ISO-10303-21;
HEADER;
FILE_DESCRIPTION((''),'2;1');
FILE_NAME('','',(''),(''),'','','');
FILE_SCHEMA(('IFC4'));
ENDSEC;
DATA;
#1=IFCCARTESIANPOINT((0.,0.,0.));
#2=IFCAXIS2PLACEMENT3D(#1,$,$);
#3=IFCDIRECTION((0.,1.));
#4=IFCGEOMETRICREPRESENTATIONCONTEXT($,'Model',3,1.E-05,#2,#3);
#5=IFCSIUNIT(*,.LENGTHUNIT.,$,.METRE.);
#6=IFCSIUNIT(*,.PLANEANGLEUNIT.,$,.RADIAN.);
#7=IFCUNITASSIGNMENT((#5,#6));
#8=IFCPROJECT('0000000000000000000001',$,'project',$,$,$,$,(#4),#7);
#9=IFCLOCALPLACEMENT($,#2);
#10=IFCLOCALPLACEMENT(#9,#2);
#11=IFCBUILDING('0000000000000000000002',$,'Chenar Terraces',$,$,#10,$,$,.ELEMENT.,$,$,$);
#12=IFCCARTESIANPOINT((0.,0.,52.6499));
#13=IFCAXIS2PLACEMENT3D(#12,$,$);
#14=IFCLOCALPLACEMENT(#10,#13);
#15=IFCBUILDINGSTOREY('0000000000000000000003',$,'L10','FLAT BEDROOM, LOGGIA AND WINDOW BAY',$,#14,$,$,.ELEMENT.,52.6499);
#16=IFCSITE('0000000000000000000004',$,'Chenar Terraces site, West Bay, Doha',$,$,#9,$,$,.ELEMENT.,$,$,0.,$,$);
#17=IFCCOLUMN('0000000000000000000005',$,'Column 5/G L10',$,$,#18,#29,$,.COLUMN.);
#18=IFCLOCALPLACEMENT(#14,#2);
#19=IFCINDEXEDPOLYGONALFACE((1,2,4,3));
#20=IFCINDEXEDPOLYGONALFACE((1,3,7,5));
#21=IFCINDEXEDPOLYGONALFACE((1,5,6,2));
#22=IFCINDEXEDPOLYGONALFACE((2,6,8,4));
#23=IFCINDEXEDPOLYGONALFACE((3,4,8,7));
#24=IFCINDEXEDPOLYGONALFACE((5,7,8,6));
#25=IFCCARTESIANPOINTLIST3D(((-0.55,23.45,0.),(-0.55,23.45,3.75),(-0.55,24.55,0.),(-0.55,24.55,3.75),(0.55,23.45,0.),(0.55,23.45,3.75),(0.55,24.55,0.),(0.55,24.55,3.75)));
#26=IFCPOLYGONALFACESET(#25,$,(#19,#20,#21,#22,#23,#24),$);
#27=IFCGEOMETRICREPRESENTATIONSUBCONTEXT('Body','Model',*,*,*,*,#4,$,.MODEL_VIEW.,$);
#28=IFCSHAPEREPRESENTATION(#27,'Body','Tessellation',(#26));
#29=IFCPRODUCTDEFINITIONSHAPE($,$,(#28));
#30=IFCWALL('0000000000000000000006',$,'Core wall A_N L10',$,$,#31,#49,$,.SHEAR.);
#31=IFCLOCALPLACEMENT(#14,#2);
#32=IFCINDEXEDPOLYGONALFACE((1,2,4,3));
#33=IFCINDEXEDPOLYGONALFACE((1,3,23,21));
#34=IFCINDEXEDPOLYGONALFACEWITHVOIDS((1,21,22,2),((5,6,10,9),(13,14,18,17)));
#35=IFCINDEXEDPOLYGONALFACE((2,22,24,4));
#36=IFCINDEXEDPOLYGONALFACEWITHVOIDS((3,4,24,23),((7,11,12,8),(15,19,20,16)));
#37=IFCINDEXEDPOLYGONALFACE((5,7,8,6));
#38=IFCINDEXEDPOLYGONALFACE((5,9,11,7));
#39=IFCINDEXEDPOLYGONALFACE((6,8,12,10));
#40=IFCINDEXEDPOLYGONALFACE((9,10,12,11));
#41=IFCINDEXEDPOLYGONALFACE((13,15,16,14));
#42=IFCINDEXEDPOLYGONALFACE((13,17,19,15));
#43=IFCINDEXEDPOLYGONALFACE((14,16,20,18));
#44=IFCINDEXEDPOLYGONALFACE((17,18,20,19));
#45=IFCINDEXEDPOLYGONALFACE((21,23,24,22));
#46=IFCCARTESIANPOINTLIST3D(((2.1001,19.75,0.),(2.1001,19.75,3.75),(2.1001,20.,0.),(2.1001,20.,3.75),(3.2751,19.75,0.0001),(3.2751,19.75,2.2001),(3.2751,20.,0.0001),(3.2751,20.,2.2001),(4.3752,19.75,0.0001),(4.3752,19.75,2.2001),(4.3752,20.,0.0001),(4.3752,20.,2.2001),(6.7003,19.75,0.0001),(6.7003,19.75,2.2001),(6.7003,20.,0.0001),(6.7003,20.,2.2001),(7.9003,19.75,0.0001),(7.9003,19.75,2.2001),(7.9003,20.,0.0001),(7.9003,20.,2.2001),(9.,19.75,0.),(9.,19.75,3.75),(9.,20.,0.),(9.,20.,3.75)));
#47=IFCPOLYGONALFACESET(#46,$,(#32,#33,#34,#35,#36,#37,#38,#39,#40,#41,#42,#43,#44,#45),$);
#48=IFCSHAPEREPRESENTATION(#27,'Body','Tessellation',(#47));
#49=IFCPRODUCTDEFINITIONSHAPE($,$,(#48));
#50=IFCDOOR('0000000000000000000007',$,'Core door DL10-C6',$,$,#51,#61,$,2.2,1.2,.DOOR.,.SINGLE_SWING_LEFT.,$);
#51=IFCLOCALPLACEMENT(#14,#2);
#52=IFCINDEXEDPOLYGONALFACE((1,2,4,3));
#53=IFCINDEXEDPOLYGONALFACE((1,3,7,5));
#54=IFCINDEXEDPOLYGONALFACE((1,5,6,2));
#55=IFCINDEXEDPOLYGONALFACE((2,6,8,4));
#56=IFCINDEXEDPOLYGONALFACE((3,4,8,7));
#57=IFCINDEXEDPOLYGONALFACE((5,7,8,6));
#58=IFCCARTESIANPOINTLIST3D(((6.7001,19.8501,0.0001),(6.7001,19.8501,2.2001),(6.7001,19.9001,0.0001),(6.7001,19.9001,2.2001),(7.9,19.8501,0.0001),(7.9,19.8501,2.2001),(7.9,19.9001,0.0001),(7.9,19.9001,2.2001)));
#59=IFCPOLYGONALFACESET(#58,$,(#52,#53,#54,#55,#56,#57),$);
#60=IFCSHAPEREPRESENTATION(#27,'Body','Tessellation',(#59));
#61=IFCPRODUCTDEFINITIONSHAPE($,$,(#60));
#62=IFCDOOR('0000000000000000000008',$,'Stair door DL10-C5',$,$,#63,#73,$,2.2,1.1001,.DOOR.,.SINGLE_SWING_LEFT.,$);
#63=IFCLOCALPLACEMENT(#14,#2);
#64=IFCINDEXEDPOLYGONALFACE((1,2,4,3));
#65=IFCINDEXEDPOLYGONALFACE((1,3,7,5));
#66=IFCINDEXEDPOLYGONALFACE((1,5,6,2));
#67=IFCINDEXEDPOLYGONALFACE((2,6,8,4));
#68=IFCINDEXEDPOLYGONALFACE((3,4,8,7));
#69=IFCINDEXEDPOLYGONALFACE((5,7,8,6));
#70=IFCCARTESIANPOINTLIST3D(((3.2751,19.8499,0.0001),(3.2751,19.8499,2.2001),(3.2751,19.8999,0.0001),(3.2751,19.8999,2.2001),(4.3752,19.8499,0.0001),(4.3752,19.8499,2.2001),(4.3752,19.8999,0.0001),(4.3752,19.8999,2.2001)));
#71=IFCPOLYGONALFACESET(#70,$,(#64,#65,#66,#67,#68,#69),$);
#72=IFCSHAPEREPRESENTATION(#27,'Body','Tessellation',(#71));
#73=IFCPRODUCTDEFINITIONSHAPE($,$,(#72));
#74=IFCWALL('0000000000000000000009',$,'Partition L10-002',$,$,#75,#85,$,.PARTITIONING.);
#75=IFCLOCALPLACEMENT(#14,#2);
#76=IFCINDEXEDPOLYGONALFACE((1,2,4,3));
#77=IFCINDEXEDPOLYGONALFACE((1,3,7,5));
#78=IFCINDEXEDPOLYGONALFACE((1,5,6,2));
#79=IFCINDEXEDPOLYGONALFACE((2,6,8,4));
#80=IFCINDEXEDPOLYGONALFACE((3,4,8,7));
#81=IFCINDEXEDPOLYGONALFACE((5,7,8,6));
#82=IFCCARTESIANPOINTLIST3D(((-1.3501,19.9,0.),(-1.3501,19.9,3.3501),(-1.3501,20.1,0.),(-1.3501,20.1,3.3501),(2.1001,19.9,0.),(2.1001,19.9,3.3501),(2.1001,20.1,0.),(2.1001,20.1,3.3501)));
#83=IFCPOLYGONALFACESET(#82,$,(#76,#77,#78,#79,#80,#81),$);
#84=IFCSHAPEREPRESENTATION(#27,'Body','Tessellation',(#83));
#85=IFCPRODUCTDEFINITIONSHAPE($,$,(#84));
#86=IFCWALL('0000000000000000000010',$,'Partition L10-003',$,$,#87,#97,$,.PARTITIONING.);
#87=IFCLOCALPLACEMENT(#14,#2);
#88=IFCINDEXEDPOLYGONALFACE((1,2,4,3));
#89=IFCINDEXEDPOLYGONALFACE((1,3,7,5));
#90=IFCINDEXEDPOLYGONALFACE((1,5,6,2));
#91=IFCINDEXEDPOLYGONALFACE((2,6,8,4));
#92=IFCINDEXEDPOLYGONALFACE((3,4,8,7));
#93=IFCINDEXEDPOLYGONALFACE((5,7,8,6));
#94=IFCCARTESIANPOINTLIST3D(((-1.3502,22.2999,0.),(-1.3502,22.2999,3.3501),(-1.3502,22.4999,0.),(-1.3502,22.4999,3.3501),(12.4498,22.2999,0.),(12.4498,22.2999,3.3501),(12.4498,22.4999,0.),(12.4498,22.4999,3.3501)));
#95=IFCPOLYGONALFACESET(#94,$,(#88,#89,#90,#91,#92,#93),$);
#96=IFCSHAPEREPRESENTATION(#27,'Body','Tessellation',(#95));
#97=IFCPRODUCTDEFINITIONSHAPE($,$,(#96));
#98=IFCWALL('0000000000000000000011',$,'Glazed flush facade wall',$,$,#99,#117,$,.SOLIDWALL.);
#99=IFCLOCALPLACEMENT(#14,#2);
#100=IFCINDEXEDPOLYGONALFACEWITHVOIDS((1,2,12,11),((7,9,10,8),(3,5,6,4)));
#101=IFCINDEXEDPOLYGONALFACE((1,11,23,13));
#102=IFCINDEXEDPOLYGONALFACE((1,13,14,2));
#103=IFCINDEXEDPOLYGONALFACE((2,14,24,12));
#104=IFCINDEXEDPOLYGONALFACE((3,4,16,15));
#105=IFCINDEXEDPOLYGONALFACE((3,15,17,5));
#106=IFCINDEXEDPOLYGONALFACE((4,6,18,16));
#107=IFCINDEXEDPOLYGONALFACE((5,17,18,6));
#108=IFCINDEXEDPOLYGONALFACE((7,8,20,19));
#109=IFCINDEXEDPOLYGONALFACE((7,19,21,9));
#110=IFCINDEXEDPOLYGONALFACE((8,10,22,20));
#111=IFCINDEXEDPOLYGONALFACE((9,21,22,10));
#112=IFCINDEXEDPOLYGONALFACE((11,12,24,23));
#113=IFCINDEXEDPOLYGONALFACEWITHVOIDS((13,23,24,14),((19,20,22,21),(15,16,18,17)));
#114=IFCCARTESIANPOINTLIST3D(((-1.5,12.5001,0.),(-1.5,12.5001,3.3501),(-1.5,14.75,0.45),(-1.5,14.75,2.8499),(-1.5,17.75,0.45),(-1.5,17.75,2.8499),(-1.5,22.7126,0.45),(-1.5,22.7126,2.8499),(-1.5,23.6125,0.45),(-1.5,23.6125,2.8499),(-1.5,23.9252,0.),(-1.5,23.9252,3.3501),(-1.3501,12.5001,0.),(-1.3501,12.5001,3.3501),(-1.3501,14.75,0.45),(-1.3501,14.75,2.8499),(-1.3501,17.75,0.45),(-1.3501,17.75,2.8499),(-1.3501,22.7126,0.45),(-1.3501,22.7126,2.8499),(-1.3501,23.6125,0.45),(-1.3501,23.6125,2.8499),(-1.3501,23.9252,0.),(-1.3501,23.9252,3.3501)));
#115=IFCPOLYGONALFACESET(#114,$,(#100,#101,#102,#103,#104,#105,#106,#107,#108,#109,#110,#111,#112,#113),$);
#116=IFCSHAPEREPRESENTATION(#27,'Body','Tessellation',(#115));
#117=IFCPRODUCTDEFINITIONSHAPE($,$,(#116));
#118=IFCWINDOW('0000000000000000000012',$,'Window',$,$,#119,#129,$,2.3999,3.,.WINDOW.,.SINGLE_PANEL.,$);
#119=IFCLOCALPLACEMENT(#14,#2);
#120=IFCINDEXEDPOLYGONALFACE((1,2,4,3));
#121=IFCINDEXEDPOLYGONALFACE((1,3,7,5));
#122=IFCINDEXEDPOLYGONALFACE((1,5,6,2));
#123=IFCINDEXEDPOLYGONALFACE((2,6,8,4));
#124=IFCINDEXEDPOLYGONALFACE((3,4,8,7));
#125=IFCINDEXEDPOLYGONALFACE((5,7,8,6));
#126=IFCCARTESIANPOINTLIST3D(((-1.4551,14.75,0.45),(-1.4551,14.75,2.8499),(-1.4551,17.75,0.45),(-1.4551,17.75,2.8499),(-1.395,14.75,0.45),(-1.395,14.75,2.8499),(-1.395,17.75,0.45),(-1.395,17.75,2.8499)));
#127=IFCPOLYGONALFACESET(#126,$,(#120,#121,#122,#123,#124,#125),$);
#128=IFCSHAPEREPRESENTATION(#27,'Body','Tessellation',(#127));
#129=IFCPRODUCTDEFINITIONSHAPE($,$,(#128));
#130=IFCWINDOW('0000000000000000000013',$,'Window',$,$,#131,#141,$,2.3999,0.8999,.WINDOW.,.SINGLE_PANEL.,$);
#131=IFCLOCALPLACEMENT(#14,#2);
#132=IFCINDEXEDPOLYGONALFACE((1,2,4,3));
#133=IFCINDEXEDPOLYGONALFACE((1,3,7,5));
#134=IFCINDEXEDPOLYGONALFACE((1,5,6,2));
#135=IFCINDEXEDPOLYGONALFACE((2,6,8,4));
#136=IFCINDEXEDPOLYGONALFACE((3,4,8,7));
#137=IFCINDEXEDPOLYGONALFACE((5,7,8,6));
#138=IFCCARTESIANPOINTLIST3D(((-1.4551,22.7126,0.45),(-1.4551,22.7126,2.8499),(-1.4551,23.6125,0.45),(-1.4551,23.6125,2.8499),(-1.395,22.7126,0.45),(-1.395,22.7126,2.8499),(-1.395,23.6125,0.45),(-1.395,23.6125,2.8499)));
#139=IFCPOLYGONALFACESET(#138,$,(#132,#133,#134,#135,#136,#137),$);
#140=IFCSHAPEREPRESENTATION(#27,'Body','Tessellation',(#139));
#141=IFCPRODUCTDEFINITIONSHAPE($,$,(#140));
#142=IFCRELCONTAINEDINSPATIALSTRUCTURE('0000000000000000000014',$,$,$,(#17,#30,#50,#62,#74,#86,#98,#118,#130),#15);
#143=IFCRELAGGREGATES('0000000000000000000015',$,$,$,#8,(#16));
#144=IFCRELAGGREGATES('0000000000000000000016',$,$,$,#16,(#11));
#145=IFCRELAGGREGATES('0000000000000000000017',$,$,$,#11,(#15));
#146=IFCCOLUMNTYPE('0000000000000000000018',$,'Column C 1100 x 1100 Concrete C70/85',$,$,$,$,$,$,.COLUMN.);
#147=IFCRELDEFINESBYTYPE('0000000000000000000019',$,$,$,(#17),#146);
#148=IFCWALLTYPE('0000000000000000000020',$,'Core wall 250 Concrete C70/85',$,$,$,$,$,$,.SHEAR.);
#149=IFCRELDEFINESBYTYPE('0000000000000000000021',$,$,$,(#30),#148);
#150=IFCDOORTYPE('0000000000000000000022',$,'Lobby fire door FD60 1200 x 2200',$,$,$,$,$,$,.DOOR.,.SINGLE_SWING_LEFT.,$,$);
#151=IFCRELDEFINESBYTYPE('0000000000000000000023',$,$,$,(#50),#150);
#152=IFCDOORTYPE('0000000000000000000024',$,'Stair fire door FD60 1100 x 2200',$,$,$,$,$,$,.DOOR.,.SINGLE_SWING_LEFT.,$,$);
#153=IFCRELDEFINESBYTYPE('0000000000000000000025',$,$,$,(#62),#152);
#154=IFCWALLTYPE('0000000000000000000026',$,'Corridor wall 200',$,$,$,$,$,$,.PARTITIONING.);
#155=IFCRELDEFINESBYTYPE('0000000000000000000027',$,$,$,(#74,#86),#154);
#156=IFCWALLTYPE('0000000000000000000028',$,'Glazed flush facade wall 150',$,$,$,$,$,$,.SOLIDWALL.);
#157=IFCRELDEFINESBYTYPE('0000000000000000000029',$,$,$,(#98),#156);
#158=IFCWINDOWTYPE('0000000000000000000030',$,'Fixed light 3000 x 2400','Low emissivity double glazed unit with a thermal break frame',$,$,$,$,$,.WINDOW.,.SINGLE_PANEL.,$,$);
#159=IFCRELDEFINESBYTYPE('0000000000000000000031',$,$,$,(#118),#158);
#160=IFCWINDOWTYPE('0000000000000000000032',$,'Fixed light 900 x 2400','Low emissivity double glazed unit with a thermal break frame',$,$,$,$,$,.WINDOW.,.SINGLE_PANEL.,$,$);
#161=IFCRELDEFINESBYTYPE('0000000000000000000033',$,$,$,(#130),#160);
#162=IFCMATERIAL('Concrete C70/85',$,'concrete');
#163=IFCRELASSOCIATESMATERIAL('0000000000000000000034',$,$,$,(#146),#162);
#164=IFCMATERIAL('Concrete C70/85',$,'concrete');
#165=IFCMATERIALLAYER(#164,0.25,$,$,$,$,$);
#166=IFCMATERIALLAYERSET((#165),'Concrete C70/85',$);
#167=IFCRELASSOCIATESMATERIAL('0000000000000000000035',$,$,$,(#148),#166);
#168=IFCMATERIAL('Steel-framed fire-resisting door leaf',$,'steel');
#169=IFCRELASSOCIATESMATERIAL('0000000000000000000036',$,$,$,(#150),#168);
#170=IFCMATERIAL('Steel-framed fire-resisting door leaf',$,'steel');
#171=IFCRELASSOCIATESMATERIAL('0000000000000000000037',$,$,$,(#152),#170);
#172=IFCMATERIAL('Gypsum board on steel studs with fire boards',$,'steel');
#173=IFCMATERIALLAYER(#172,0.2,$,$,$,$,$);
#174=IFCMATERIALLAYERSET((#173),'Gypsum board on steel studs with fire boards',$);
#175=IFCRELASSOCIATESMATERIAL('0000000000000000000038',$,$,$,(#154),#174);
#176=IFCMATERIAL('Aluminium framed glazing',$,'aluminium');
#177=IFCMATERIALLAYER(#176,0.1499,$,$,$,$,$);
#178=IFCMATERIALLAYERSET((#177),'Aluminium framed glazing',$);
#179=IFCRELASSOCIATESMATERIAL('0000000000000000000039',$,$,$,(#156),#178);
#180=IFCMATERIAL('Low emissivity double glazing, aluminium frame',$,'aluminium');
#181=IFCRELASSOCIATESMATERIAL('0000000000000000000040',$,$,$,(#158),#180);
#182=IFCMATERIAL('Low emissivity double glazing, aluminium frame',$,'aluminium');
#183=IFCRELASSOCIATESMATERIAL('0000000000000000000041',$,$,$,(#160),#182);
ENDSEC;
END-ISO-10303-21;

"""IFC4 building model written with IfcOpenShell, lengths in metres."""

from ifc_helpers import new_model, si_unit, direction, frame, frame_2d, origin, origin_2d, place, context, subcontext, project, spatial, rectangle, extrude, material, layer, layer_set, material_profile, profile_set, type_object, element, fill, save


model = new_model("IFC4")

# Units and contexts
model_context = context("Model", 3, precision=1e-05, world=origin(), true_north=direction((0.0, 1.0)))
body_context = subcontext(model_context, "Body", "Model", "MODEL_VIEW")
ifc_project = project(units=[si_unit("LENGTHUNIT", "METRE"), si_unit("PLANEANGLEUNIT", "RADIAN")], contexts=[model_context])

# Site, building, storey
site_placement = place(None, origin())
site = spatial("IfcSite", under=ifc_project, at=site_placement, Name="Chenar Terraces site, West Bay, Doha", CompositionType="ELEMENT", RefElevation=0.0)
building_placement = place(site_placement, origin())
building = spatial("IfcBuilding", under=site, at=building_placement, Name="Chenar Terraces", CompositionType="ELEMENT")
storey_placement = place(building_placement, frame((0.0, 0.0, 52.6499)))
storey = spatial("IfcBuildingStorey", under=building, at=storey_placement, Name="L10", Description="FLAT BEDROOM, LOGGIA AND WINDOW BAY", CompositionType="ELEMENT", Elevation=52.6499)

# Column
ifc_material_1 = material(Name="Concrete C70/85", Category="concrete")
ifc_material_profile = material_profile(ifc_material_1, rectangle(XDim=1.1001, YDim=1.1001, at=origin_2d()), Name="C 1100 x 1100")
ifc_profile_set = profile_set([ifc_material_profile], Name="Concrete C70/85")
column_type = type_object("IfcColumnType", Name="Column C 1100 x 1100 Concrete C70/85", PredefinedType="COLUMN", material=ifc_profile_set)
column_placement = place(storey_placement, frame((0.0, 24.0, 0.0), z_axis=(0.0, 0.0, 1.0), x_axis=(1.0, 0.0, 0.0)))
element("IfcColumn", 1, at=column_placement, inside=storey, type_object=column_type, Name="Column 5/G L10", PredefinedType="COLUMN", context=body_context, shape_type="SweptSolid", body=[
    extrude(rectangle(XDim=1.1001, YDim=1.1001, at=origin_2d()), origin(), (0.0, 0.0, 1.0), 3.75),
])

# Wall, openings, doors
ifc_material_2 = material(Name="Concrete C70/85", Category="concrete")
ifc_layer_1 = layer(ifc_material_2, 0.25)
ifc_layer_set_1 = layer_set([ifc_layer_1], Name="Concrete C70/85")
wall_type_1 = type_object("IfcWallType", Name="Core wall 250 Concrete C70/85", PredefinedType="SHEAR", material=ifc_layer_set_1)
wall_1_placement = place(storey_placement, frame((2.1001, 19.875, 0.0), z_axis=(0.0, 0.0, 1.0), x_axis=(1.0, 0.0, 0.0)))
wall_1 = element("IfcWall", 2, at=wall_1_placement, inside=storey, type_object=wall_type_1, Name="Core wall A_N L10", PredefinedType="SHEAR", context=body_context, shape_type="SweptSolid", body=[
    extrude(rectangle(XDim=6.8999, YDim=0.25, at=frame_2d((3.45, 0.0))), origin(), (0.0, 0.0, 1.0), 3.75),
])
opening_1_placement = place(wall_1_placement, frame((1.175, 0.0, 0.0)))
opening_1 = element("IfcOpeningElement", 3, at=opening_1_placement, cuts=wall_1, PredefinedType="OPENING", context=body_context, shape_type="SweptSolid", body=[
    extrude(rectangle(XDim=1.1001, YDim=2.2, at=frame_2d((0.55, 1.1001))), frame((0.0, 0.135, 0.0), z_axis=(0.0, -1.0, 0.0), x_axis=(1.0, 0.0, 0.0)), (0.0, 0.0, 1.0), 0.27),
])
opening_2_placement = place(wall_1_placement, frame((4.6001, 0.0, 0.0)))
opening_2 = element("IfcOpeningElement", 4, at=opening_2_placement, cuts=wall_1, PredefinedType="OPENING", context=body_context, shape_type="SweptSolid", body=[
    extrude(rectangle(XDim=1.2, YDim=2.2, at=frame_2d((0.6001, 1.1001))), frame((0.0, 0.135, 0.0), z_axis=(0.0, -1.0, 0.0), x_axis=(1.0, 0.0, 0.0)), (0.0, 0.0, 1.0), 0.27),
])
ifc_material_3 = material(Name="Steel-framed fire-resisting door leaf", Category="steel")
door_type_1 = type_object("IfcDoorType", Name="Lobby fire door FD60 1200 x 2200", OperationType="SINGLE_SWING_LEFT", PredefinedType="DOOR", material=ifc_material_3)
door_1_placement = place(opening_2_placement, frame((1.2, 0.0, 0.0), z_axis=(0.0, 0.0, 1.0), x_axis=(-1.0, 0.0, 0.0)))
door_1 = element("IfcDoor", 5, at=door_1_placement, inside=storey, type_object=door_type_1, Name="Core door DL10-C6", OperationType="SINGLE_SWING_LEFT", OverallHeight=2.2, OverallWidth=1.2, PredefinedType="DOOR", context=body_context, shape_type="SweptSolid", body=[
    extrude(rectangle(XDim=1.2, YDim=2.2, at=frame_2d((0.6001, 1.1001))), frame((0.0, 0.0249, 0.0), z_axis=(0.0, -1.0, 0.0), x_axis=(1.0, 0.0, 0.0)), (0.0, 0.0, 1.0), 0.05),
])
fill(opening_2, door_1)
ifc_material_4 = material(Name="Steel-framed fire-resisting door leaf", Category="steel")
door_type_2 = type_object("IfcDoorType", Name="Stair fire door FD60 1100 x 2200", OperationType="SINGLE_SWING_LEFT", PredefinedType="DOOR", material=ifc_material_4)
door_2_placement = place(opening_1_placement, origin())
door_2 = element("IfcDoor", 6, at=door_2_placement, inside=storey, type_object=door_type_2, Name="Stair door DL10-C5", OperationType="SINGLE_SWING_LEFT", OverallHeight=2.2, OverallWidth=1.1001, PredefinedType="DOOR", context=body_context, shape_type="SweptSolid", body=[
    extrude(rectangle(XDim=1.1001, YDim=2.2, at=frame_2d((0.55, 1.1001))), frame((0.0, 0.0249, 0.0), z_axis=(0.0, -1.0, 0.0), x_axis=(1.0, 0.0, 0.0)), (0.0, 0.0, 1.0), 0.05),
])
fill(opening_1, door_2)

# Walls
ifc_material_5 = material(Name="Gypsum board on steel studs with fire boards", Category="steel")
ifc_layer_2 = layer(ifc_material_5, 0.2)
ifc_layer_set_2 = layer_set([ifc_layer_2], Name="Gypsum board on steel studs with fire boards")
wall_type_2 = type_object("IfcWallType", Name="Corridor wall 200", PredefinedType="PARTITIONING", material=ifc_layer_set_2)
wall_2_placement = place(storey_placement, frame((-1.3501, 20.0, 0.0), z_axis=(0.0, 0.0, 1.0), x_axis=(1.0, 0.0, 0.0)))
element("IfcWall", 7, at=wall_2_placement, inside=storey, type_object=wall_type_2, Name="Partition L10-002", PredefinedType="PARTITIONING", context=body_context, shape_type="SweptSolid", body=[
    extrude(rectangle(XDim=3.4502, YDim=0.2, at=frame_2d((1.7251, 0.0))), origin(), (0.0, 0.0, 1.0), 3.3501),
])
wall_3_placement = place(storey_placement, frame((-1.3501, 22.3999, 0.0), z_axis=(0.0, 0.0, 1.0), x_axis=(1.0, 0.0, 0.0)))
element("IfcWall", 8, at=wall_3_placement, inside=storey, type_object=wall_type_2, Name="Partition L10-003", PredefinedType="PARTITIONING", context=body_context, shape_type="SweptSolid", body=[
    extrude(rectangle(XDim=13.8, YDim=0.2, at=frame_2d((6.8999, 0.0))), origin(), (0.0, 0.0, 1.0), 3.3501),
])

# Wall, openings, windows
ifc_material_6 = material(Name="Aluminium framed glazing", Category="aluminium")
ifc_layer_3 = layer(ifc_material_6, 0.1499)
ifc_layer_set_3 = layer_set([ifc_layer_3], Name="Aluminium framed glazing")
wall_type_3 = type_object("IfcWallType", Name="Glazed flush facade wall 150", PredefinedType="SOLIDWALL", material=ifc_layer_set_3)
wall_4_placement = place(storey_placement, frame((-1.425, 23.925, 0.0), z_axis=(0.0, 0.0, 1.0), x_axis=(0.0, -1.0, 0.0)))
wall_4 = element("IfcWall", 9, at=wall_4_placement, inside=storey, type_object=wall_type_3, Name="Glazed flush facade wall", PredefinedType="SOLIDWALL", context=body_context, shape_type="SweptSolid", body=[
    extrude(rectangle(XDim=11.425, YDim=0.1499, at=frame_2d((5.7124, 0.0))), origin(), (0.0, 0.0, 1.0), 3.3501),
])
opening_3_placement = place(wall_4_placement, frame((0.3125, 0.0, 0.45)))
opening_3 = element("IfcOpeningElement", 10, at=opening_3_placement, cuts=wall_4, PredefinedType="OPENING", context=body_context, shape_type="SweptSolid", body=[
    extrude(rectangle(XDim=0.8999, YDim=2.3999, at=frame_2d((0.45, 1.2))), frame((0.0, 0.085, 0.0), z_axis=(0.0, -1.0, 0.0), x_axis=(1.0, 0.0, 0.0)), (0.0, 0.0, 1.0), 0.1699),
])
opening_4_placement = place(wall_4_placement, frame((6.175, 0.0, 0.45)))
opening_4 = element("IfcOpeningElement", 11, at=opening_4_placement, cuts=wall_4, PredefinedType="OPENING", context=body_context, shape_type="SweptSolid", body=[
    extrude(rectangle(XDim=3.0, YDim=2.3999, at=frame_2d((1.5, 1.2))), frame((0.0, 0.085, 0.0), z_axis=(0.0, -1.0, 0.0), x_axis=(1.0, 0.0, 0.0)), (0.0, 0.0, 1.0), 0.1699),
])
ifc_material_7 = material(Name="Low emissivity double glazing, aluminium frame", Category="aluminium")
window_type_1 = type_object("IfcWindowType", Name="Fixed light 3000 x 2400", Description="Low emissivity double glazed unit with a thermal break frame", PartitioningType="SINGLE_PANEL", PredefinedType="WINDOW", material=ifc_material_7)
window_1_placement = place(opening_4_placement, origin())
window_1 = element("IfcWindow", 12, at=window_1_placement, inside=storey, type_object=window_type_1, Name="Window", OverallHeight=2.3999, OverallWidth=3.0, PartitioningType="SINGLE_PANEL", PredefinedType="WINDOW", context=body_context, shape_type="SweptSolid", body=[
    extrude(rectangle(XDim=3.0, YDim=2.3999, at=frame_2d((1.5, 1.2))), frame((0.0, 0.03, 0.0), z_axis=(0.0, -1.0, 0.0), x_axis=(1.0, 0.0, 0.0)), (0.0, 0.0, 1.0), 0.0601),
])
fill(opening_4, window_1)
ifc_material_8 = material(Name="Low emissivity double glazing, aluminium frame", Category="aluminium")
window_type_2 = type_object("IfcWindowType", Name="Fixed light 900 x 2400", Description="Low emissivity double glazed unit with a thermal break frame", PartitioningType="SINGLE_PANEL", PredefinedType="WINDOW", material=ifc_material_8)
window_2_placement = place(opening_3_placement, origin())
window_2 = element("IfcWindow", 13, at=window_2_placement, inside=storey, type_object=window_type_2, Name="Window", OverallHeight=2.3999, OverallWidth=0.8999, PartitioningType="SINGLE_PANEL", PredefinedType="WINDOW", context=body_context, shape_type="SweptSolid", body=[
    extrude(rectangle(XDim=0.8999, YDim=2.3999, at=frame_2d((0.45, 1.2))), frame((0.0, 0.03, 0.0), z_axis=(0.0, -1.0, 0.0), x_axis=(1.0, 0.0, 0.0)), (0.0, 0.0, 1.0), 0.0601),
])
fill(opening_3, window_2)

save(model, "model.ifc")
